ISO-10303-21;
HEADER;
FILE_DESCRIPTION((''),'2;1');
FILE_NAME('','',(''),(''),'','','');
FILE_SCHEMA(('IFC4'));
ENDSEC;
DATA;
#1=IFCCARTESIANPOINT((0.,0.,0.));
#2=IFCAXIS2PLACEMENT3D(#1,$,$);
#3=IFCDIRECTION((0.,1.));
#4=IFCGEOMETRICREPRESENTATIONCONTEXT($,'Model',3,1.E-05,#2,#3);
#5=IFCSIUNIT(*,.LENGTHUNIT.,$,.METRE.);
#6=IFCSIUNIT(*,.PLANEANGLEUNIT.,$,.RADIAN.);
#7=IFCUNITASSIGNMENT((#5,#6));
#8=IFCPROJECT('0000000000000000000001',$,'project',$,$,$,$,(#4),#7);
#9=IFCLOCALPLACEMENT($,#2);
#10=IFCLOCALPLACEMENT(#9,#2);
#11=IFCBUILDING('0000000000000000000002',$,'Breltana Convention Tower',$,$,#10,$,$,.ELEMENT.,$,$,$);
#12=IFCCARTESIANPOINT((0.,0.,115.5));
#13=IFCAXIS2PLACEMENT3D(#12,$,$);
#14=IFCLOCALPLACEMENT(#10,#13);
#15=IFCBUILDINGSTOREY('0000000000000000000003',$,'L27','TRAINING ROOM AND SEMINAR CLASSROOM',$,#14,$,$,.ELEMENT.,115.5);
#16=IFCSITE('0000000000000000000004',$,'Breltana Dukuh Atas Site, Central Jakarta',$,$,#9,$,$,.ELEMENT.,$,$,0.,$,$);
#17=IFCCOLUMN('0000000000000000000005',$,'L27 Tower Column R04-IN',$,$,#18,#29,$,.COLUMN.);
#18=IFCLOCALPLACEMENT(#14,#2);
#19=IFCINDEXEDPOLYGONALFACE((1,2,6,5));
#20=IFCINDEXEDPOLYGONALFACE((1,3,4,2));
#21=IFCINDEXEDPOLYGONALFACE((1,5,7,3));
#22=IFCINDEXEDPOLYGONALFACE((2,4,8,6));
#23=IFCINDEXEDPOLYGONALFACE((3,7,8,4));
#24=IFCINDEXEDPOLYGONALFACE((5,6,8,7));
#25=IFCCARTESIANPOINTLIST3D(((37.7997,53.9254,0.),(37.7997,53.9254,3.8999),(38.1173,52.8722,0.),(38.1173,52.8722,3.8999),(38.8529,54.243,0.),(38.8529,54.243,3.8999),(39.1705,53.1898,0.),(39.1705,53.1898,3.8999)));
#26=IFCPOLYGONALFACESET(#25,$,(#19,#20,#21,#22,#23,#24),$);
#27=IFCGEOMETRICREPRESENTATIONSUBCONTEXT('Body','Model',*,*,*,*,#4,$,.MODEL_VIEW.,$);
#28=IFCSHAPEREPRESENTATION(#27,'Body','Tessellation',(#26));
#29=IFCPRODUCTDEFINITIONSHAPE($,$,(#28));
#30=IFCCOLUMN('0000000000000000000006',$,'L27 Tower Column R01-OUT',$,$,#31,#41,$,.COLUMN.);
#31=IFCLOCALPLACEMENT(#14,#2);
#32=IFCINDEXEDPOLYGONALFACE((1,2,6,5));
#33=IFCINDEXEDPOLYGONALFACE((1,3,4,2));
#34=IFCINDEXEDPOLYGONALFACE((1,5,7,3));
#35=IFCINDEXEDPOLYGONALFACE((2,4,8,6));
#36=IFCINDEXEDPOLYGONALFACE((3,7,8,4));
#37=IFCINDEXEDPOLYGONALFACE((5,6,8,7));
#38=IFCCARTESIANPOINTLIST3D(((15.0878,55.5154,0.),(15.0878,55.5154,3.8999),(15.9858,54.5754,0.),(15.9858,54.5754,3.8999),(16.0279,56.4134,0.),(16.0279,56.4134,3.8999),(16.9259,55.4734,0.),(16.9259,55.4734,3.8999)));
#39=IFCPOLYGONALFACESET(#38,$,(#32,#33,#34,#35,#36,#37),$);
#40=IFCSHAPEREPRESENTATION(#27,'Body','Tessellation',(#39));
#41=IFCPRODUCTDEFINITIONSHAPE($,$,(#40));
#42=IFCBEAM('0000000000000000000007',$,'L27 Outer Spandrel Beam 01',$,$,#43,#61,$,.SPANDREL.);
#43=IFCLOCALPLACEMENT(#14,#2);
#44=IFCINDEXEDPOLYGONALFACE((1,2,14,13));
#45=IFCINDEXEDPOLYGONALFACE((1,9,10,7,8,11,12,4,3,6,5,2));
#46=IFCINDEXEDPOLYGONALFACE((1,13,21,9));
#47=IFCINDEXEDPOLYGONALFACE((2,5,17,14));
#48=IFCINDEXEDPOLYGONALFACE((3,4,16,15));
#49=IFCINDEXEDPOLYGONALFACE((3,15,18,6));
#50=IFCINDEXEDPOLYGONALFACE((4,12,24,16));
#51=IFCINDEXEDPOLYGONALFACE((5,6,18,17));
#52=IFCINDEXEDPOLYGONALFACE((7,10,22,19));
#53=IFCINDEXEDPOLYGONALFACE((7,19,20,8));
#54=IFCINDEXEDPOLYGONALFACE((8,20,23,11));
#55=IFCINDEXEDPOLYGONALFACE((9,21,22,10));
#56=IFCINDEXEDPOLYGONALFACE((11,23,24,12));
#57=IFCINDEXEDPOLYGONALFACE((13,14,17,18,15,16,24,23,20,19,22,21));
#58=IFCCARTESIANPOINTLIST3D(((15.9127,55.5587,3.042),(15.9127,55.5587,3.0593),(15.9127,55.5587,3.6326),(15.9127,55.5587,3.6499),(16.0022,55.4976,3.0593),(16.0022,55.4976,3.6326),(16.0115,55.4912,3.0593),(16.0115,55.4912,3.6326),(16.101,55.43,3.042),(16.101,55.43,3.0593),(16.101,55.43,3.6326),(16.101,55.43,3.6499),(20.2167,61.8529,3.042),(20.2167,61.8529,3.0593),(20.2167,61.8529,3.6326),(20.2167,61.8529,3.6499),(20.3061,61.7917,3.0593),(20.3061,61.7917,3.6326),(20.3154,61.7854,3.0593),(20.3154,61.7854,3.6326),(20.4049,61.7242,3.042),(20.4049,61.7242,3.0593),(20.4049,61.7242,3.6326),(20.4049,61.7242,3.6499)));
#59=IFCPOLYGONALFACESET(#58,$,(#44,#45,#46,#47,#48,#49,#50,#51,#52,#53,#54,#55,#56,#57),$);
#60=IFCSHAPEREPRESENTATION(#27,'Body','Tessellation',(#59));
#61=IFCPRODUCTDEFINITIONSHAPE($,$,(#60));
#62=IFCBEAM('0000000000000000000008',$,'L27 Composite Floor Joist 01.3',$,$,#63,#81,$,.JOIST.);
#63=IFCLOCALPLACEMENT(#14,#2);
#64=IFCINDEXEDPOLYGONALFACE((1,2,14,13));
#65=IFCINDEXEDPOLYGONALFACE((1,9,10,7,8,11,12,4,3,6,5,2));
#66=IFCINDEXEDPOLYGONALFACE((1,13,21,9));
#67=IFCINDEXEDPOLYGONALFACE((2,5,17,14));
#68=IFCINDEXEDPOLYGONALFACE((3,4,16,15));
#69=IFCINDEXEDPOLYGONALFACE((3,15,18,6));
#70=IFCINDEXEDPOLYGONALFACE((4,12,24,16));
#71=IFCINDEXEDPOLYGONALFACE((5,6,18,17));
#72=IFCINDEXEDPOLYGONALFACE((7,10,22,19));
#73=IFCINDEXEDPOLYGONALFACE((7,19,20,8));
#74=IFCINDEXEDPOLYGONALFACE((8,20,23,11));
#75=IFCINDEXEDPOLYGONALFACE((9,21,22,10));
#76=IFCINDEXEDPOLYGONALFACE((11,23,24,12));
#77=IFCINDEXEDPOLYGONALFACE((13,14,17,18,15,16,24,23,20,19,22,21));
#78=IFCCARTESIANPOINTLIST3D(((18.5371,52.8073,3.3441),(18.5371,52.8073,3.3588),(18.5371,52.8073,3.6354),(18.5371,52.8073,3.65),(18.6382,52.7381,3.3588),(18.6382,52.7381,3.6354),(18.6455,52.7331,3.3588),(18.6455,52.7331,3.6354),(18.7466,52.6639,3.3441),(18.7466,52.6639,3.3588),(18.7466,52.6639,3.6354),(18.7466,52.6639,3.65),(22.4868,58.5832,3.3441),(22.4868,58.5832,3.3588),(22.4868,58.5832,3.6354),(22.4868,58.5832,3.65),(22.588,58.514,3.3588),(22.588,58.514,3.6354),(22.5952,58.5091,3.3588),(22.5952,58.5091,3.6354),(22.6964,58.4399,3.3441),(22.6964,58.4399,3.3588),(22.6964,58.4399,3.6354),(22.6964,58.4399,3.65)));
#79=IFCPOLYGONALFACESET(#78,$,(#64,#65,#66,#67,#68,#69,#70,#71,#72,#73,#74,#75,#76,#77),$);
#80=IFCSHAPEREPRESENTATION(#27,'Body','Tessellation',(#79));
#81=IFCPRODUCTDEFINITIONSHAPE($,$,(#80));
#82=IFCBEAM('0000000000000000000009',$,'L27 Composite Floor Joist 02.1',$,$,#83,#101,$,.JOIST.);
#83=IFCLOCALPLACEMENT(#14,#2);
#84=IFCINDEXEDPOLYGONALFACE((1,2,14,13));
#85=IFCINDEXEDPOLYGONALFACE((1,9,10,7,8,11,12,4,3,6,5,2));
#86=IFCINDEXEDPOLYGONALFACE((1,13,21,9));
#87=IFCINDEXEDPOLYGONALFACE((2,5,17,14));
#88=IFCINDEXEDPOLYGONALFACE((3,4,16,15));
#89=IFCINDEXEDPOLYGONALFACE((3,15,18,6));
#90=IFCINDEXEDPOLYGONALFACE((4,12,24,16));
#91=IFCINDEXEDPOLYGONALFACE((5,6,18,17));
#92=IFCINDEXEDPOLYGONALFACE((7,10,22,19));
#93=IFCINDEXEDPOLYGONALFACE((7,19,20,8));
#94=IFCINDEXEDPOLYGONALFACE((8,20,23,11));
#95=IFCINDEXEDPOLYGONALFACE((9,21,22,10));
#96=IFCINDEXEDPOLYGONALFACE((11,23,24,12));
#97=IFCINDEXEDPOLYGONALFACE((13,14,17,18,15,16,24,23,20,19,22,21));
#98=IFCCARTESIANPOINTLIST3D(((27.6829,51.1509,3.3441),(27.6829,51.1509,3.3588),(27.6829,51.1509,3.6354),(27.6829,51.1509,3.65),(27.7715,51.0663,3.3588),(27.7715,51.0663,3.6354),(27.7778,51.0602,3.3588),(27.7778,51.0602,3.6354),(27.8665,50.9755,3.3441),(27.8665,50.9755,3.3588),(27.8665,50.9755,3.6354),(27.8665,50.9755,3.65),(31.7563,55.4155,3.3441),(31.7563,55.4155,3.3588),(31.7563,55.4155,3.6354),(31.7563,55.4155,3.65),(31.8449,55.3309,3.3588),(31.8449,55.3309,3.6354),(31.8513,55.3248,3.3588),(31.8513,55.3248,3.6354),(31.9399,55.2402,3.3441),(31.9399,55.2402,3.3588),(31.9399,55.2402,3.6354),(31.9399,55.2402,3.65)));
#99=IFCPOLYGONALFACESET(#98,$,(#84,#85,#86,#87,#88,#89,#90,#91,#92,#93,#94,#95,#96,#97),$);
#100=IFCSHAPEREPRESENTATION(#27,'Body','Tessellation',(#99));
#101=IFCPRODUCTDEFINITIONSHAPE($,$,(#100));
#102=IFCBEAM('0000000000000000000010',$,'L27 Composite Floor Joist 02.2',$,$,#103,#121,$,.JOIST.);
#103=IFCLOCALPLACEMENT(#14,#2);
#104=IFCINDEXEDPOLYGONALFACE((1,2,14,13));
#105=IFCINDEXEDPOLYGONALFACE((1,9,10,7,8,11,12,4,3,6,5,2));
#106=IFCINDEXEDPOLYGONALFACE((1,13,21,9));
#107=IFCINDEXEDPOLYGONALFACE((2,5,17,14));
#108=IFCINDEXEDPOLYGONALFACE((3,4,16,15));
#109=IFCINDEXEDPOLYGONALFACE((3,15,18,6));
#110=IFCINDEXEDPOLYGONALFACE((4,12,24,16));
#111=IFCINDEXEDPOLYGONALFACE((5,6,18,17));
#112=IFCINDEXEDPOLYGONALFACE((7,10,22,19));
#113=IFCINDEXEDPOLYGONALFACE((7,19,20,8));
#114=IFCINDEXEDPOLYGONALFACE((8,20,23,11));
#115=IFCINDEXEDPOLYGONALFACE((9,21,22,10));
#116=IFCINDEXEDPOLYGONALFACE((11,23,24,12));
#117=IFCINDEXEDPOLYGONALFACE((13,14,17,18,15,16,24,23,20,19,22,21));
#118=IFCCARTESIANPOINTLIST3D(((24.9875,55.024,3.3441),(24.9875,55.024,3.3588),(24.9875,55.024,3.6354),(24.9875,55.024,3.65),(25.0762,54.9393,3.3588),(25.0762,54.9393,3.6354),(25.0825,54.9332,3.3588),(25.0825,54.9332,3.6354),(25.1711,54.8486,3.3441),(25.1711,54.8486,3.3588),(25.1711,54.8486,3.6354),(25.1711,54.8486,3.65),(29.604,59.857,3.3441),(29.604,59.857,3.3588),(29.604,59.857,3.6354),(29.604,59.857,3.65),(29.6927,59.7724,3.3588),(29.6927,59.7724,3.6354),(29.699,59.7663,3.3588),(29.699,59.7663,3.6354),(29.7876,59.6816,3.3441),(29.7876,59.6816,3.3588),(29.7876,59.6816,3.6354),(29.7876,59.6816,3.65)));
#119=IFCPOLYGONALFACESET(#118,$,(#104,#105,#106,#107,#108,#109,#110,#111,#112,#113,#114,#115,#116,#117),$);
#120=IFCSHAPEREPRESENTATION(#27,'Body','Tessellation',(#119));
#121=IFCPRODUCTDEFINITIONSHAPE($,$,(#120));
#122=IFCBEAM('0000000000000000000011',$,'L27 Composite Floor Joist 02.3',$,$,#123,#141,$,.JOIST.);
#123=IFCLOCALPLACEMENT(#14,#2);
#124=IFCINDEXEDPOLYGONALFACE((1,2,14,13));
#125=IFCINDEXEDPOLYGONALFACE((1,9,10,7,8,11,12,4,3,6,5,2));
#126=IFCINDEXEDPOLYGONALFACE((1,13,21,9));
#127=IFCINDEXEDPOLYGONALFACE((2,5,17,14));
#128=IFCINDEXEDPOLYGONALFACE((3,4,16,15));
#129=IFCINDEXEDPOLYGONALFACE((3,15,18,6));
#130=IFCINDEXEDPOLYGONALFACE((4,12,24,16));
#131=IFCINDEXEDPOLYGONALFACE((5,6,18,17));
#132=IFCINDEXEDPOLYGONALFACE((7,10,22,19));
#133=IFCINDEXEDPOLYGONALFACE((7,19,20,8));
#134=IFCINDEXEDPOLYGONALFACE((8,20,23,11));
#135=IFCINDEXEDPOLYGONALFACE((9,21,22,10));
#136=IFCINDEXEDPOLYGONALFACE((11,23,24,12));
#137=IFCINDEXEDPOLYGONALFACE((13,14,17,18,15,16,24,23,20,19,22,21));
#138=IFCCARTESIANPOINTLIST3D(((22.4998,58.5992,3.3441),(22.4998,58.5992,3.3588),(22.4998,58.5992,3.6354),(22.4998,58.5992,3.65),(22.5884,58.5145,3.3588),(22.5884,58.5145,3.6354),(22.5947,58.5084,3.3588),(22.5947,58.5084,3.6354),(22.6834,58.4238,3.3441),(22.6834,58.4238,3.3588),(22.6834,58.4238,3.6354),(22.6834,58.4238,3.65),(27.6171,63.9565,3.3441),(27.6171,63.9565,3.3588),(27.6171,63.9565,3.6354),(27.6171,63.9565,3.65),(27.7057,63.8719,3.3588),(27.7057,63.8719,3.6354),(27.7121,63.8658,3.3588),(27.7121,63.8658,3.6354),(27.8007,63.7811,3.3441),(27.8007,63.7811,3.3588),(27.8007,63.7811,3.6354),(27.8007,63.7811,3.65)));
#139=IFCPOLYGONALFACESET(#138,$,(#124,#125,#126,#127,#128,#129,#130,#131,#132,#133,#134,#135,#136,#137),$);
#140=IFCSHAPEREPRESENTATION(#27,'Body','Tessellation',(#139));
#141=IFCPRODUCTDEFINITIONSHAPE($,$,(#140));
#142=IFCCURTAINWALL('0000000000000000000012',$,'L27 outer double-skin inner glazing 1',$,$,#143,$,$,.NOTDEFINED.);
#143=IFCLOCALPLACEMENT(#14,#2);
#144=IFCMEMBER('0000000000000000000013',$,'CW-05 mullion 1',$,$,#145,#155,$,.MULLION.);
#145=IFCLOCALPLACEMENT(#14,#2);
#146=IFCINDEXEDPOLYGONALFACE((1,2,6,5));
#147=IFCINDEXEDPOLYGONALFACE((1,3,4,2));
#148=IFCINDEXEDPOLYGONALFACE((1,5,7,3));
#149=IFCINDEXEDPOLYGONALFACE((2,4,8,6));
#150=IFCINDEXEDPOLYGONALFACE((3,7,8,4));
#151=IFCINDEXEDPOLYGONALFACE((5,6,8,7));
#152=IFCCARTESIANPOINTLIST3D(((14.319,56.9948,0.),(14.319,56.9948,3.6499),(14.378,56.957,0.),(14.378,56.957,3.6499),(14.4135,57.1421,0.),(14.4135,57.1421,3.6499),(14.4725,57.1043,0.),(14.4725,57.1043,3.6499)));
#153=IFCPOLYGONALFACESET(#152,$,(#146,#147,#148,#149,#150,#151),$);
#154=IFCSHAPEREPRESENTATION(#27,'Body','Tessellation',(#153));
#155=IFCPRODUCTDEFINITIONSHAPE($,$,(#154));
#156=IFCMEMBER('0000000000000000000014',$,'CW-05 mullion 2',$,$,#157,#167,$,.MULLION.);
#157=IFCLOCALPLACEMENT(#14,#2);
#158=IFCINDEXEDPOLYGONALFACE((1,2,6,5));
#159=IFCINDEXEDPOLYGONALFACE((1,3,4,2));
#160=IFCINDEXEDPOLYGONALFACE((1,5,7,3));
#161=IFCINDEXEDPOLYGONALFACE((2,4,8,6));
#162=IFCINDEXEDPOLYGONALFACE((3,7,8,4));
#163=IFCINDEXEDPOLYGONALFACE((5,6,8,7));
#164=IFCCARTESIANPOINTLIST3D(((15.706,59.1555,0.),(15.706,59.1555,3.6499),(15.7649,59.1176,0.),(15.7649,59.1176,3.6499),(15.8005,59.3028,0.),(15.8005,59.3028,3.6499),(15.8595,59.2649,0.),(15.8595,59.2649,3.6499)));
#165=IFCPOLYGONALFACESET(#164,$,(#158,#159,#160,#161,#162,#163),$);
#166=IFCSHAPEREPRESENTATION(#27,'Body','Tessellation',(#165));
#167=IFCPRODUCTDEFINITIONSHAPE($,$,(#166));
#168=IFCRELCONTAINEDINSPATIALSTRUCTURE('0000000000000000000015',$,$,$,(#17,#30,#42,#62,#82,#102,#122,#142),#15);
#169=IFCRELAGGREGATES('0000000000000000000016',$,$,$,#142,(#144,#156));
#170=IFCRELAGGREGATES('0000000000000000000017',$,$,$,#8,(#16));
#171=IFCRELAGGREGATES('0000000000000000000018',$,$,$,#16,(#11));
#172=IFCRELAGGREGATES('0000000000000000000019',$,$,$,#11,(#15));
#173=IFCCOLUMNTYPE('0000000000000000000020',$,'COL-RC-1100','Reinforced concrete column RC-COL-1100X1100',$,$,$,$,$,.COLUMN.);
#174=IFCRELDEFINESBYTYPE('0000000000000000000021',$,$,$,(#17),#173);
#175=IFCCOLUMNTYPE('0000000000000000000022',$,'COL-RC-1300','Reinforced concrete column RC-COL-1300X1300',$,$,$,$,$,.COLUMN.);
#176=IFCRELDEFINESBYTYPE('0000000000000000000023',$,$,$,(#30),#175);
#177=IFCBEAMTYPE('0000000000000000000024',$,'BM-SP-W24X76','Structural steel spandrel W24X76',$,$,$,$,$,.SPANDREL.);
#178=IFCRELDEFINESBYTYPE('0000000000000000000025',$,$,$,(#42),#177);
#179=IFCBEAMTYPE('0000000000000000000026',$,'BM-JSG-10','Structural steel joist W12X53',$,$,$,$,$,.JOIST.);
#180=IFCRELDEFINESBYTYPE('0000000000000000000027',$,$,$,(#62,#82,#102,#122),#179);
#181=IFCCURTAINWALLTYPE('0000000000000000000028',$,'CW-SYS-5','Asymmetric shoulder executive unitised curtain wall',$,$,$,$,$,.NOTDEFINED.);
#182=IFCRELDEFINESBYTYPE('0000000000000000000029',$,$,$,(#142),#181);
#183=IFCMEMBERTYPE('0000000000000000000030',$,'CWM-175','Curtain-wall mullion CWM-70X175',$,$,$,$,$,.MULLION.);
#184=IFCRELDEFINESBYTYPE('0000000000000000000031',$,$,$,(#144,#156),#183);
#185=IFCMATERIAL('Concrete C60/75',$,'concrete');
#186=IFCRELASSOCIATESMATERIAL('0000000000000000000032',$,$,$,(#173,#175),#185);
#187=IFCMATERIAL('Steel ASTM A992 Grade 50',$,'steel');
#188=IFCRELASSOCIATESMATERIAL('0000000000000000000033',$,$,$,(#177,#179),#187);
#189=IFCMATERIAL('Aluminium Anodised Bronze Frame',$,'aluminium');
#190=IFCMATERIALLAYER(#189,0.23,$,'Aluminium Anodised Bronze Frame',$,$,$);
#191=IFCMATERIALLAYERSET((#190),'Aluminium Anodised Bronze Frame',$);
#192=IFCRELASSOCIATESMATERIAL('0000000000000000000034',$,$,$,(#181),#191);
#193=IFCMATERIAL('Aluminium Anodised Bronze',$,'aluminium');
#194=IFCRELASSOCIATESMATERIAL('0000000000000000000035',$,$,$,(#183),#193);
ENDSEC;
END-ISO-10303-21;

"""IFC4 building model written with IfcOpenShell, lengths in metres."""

from ifc_helpers import new_model, si_unit, direction, frame, origin, origin_2d, place, context, subcontext, project, spatial, rectangle, i_section, extrude, source, transform, mapped, material, layer, layer_set, material_profile, profile_set, type_object, type_shapes, element, aggregate, save


model = new_model("IFC4")

# Units and contexts
model_context = context("Model", 3, precision=1e-05, world=origin(), true_north=direction((0.0, 1.0)))
body_context = subcontext(model_context, "Body", "Model", "MODEL_VIEW")
ifc_project = project(units=[si_unit("LENGTHUNIT", "METRE"), si_unit("PLANEANGLEUNIT", "RADIAN")], contexts=[model_context])

# Site, building, storey
site_placement = place(None, origin())
site = spatial("IfcSite", under=ifc_project, at=site_placement, Name="Breltana Dukuh Atas Site, Central Jakarta", CompositionType="ELEMENT", RefElevation=0.0)
building_placement = place(site_placement, origin())
building = spatial("IfcBuilding", under=site, at=building_placement, Name="Breltana Convention Tower", CompositionType="ELEMENT")
storey_placement = place(building_placement, frame((0.0, 0.0, 115.5)))
storey = spatial("IfcBuildingStorey", under=building, at=storey_placement, Name="L27", Description="TRAINING ROOM AND SEMINAR CLASSROOM", CompositionType="ELEMENT", Elevation=115.5)

# Columns
ifc_material_1 = material(Name="Concrete C60/75", Category="concrete")
ifc_material_profile_1 = material_profile(ifc_material_1, rectangle(XDim=1.1001, YDim=1.1001, at=origin_2d()), Name="RC-COL-1100X1100")
ifc_profile_set_1 = profile_set([ifc_material_profile_1], Name="Concrete C60/75")
column_type_1 = type_object("IfcColumnType", Name="COL-RC-1100", Description="Reinforced concrete column RC-COL-1100X1100", PredefinedType="COLUMN", material=ifc_profile_set_1)
shared_shape_1 = source(origin(), body_context, "Body", "SweptSolid", [
    extrude(rectangle(XDim=1.1001, YDim=1.1001, at=origin_2d()), origin(), (0.0, 0.0, 1.0), 3.8999),
])
column_1_placement = place(storey_placement, frame((38.4851, 53.5576, 0.0), z_axis=(0.0, 0.0, 1.0), x_axis=(-0.288698, 0.95742, 0.0)))
element("IfcColumn", 1, at=column_1_placement, inside=storey, type_object=column_type_1, Name="L27 Tower Column R04-IN", PredefinedType="COLUMN", context=body_context, shape_type="MappedRepresentation", body=[
    mapped(shared_shape_1, transform((0.0, 0.0, 0.0), scale=1.0)),
])
ifc_material_profile_2 = material_profile(ifc_material_1, rectangle(XDim=1.3, YDim=1.3, at=origin_2d()), Name="RC-COL-1300X1300")
ifc_profile_set_2 = profile_set([ifc_material_profile_2], Name="Concrete C60/75")
column_type_2 = type_object("IfcColumnType", Name="COL-RC-1300", Description="Reinforced concrete column RC-COL-1300X1300", PredefinedType="COLUMN", material=ifc_profile_set_2)
shared_shape_2 = source(origin(), body_context, "Body", "SweptSolid", [
    extrude(rectangle(XDim=1.3, YDim=1.3, at=origin_2d()), origin(), (0.0, 0.0, 1.0), 3.8999),
])
column_2_placement = place(storey_placement, frame((16.0068, 55.4944, 0.0), z_axis=(0.0, 0.0, 1.0), x_axis=(-0.690756, 0.723088, 0.0)))
element("IfcColumn", 2, at=column_2_placement, inside=storey, type_object=column_type_2, Name="L27 Tower Column R01-OUT", PredefinedType="COLUMN", context=body_context, shape_type="MappedRepresentation", body=[
    mapped(shared_shape_2, transform((0.0, 0.0, 0.0), scale=1.0)),
])

# Beams
ifc_material_2 = material(Name="Steel ASTM A992 Grade 50", Category="steel")
ifc_material_profile_3 = material_profile(ifc_material_2, i_section(OverallWidth=0.228, OverallDepth=0.6079, WebThickness=0.0112, FlangeThickness=0.0173, at=origin_2d()), Name="W24X76")
ifc_profile_set_3 = profile_set([ifc_material_profile_3], Name="Steel ASTM A992 Grade 50")
beam_type_1 = type_object("IfcBeamType", Name="BM-SP-W24X76", Description="Structural steel spandrel W24X76", PredefinedType="SPANDREL", material=ifc_profile_set_3)
shared_shape_3 = source(origin(), body_context, "Body", "SweptSolid", [
    extrude(i_section(OverallWidth=0.228, OverallDepth=0.6079, WebThickness=0.0112, FlangeThickness=0.0173, at=origin_2d()), origin(), (0.0, 0.0, 1.0), 7.625),
])
type_shapes(beam_type_1, [shared_shape_3])
beam_1_placement = place(storey_placement, frame((16.0068, 55.4944, 3.3459), z_axis=(0.564452, 0.825466, 0.0), x_axis=(-0.825466, 0.564452, 0.0)))
element("IfcBeam", 3, at=beam_1_placement, inside=storey, type_object=beam_type_1, Name="L27 Outer Spandrel Beam 01", PredefinedType="SPANDREL", context=body_context, shape_type="MappedRepresentation", body=[
    mapped(shared_shape_3, transform((0.0, 0.0, 0.0), scale=1.0)),
])
ifc_material_profile_4 = material_profile(ifc_material_2, i_section(OverallWidth=0.2539, OverallDepth=0.3059, WebThickness=0.0088, FlangeThickness=0.0146, at=origin_2d()), Name="W12X53")
ifc_profile_set_4 = profile_set([ifc_material_profile_4], Name="Steel ASTM A992 Grade 50")
beam_type_2 = type_object("IfcBeamType", Name="BM-JSG-10", Description="Structural steel joist W12X53", PredefinedType="JOIST", material=ifc_profile_set_4)
shared_shape_4 = source(origin(), body_context, "Body", "SweptSolid", [
    extrude(i_section(OverallWidth=0.2539, OverallDepth=0.3059, WebThickness=0.0088, FlangeThickness=0.0146, at=origin_2d()), origin(), (0.0, 0.0, 1.0), 6.9973),
])
beam_2_placement = place(storey_placement, frame((18.6418, 52.7356, 3.4971), z_axis=(0.564469, 0.825454, 0.0), x_axis=(-0.825454, 0.564469, 0.0)))
element("IfcBeam", 4, at=beam_2_placement, inside=storey, type_object=beam_type_2, Name="L27 Composite Floor Joist 01.3", PredefinedType="JOIST", context=body_context, shape_type="MappedRepresentation", body=[
    mapped(shared_shape_4, transform((0.0, 0.0, 0.0), scale=1.0)),
])
shared_shape_5 = source(origin(), body_context, "Body", "SweptSolid", [
    extrude(i_section(OverallWidth=0.2539, OverallDepth=0.3059, WebThickness=0.0088, FlangeThickness=0.0146, at=origin_2d()), origin(), (0.0, 0.0, 1.0), 5.8975),
])
beam_3_placement = place(storey_placement, frame((27.7747, 51.0632, 3.4971), z_axis=(0.690714, 0.723128, 0.0), x_axis=(-0.723128, 0.690714, 0.0)))
element("IfcBeam", 5, at=beam_3_placement, inside=storey, type_object=beam_type_2, Name="L27 Composite Floor Joist 02.1", PredefinedType="JOIST", context=body_context, shape_type="MappedRepresentation", body=[
    mapped(shared_shape_5, transform((0.0, 0.0, 0.0), scale=1.0)),
])
shared_shape_6 = source(origin(), body_context, "Body", "SweptSolid", [
    extrude(i_section(OverallWidth=0.2539, OverallDepth=0.3059, WebThickness=0.0088, FlangeThickness=0.0146, at=origin_2d()), origin(), (0.0, 0.0, 1.0), 6.6836),
])
beam_4_placement = place(storey_placement, frame((25.0793, 54.9363, 3.4971), z_axis=(0.690721, 0.723122, 0.0), x_axis=(-0.723122, 0.690721, 0.0)))
element("IfcBeam", 6, at=beam_4_placement, inside=storey, type_object=beam_type_2, Name="L27 Composite Floor Joist 02.2", PredefinedType="JOIST", context=body_context, shape_type="MappedRepresentation", body=[
    mapped(shared_shape_6, transform((0.0, 0.0, 0.0), scale=1.0)),
])
shared_shape_7 = source(origin(), body_context, "Body", "SweptSolid", [
    extrude(i_section(OverallWidth=0.2539, OverallDepth=0.3059, WebThickness=0.0088, FlangeThickness=0.0146, at=origin_2d()), origin(), (0.0, 0.0, 1.0), 7.4087),
])
beam_5_placement = place(storey_placement, frame((22.5916, 58.5115, 3.4971), z_axis=(0.690725, 0.723118, 0.0), x_axis=(-0.723118, 0.690725, 0.0)))
element("IfcBeam", 7, at=beam_5_placement, inside=storey, type_object=beam_type_2, Name="L27 Composite Floor Joist 02.3", PredefinedType="JOIST", context=body_context, shape_type="MappedRepresentation", body=[
    mapped(shared_shape_7, transform((0.0, 0.0, 0.0), scale=1.0)),
])

# Curtain wall, members
ifc_material_3 = material(Name="Aluminium Anodised Bronze Frame", Category="aluminium")
ifc_layer_1 = layer(ifc_material_3, 0.23, Name="Aluminium Anodised Bronze Frame")
ifc_layer_set_1 = layer_set([ifc_layer_1], Name="Aluminium Anodised Bronze Frame")
curtain_wall_type = type_object("IfcCurtainWallType", Name="CW-SYS-5", Description="Asymmetric shoulder executive unitised curtain wall", PredefinedType="NOTDEFINED", material=ifc_layer_set_1)
curtain_wall_placement = place(storey_placement, origin())
curtain_wall = element("IfcCurtainWall", 8, at=curtain_wall_placement, inside=storey, type_object=curtain_wall_type, Name="L27 outer double-skin inner glazing 1", PredefinedType="NOTDEFINED")
ifc_material_4 = material(Name="Aluminium Anodised Bronze", Category="aluminium")
ifc_material_profile_5 = material_profile(ifc_material_4, rectangle(XDim=0.0701, YDim=0.175, at=origin_2d()), Name="CWM-70X175")
ifc_profile_set_5 = profile_set([ifc_material_profile_5], Name="Aluminium Anodised Bronze")
member_type_1 = type_object("IfcMemberType", Name="CWM-175", Description="Curtain-wall mullion CWM-70X175", PredefinedType="MULLION", material=ifc_profile_set_5)
shared_shape_8 = source(origin(), body_context, "Body", "SweptSolid", [
    extrude(rectangle(XDim=0.0701, YDim=0.175, at=origin_2d()), origin(), (0.0, 0.0, 1.0), 3.6499),
])
member_1_placement = place(storey_placement, frame((14.3958, 57.0496, 0.0), z_axis=(0.0, 0.0, 1.0), x_axis=(-0.841552, 0.540177, 0.0)))
member_1 = element("IfcMember", 9, at=member_1_placement, type_object=member_type_1, Name="CW-05 mullion 1", PredefinedType="MULLION", context=body_context, shape_type="MappedRepresentation", body=[
    mapped(shared_shape_8, transform((0.0, 0.0, 0.0), scale=1.0)),
])
member_2_placement = place(storey_placement, frame((15.7827, 59.2102, 0.0), z_axis=(0.0, 0.0, 1.0), x_axis=(-0.841552, 0.540177, 0.0)))
member_2 = element("IfcMember", 10, at=member_2_placement, type_object=member_type_1, Name="CW-05 mullion 2", PredefinedType="MULLION", context=body_context, shape_type="MappedRepresentation", body=[
    mapped(shared_shape_8, transform((0.0, 0.0, 0.0), scale=1.0)),
])
aggregate(curtain_wall, [member_1, member_2])

save(model, "model.ifc")
